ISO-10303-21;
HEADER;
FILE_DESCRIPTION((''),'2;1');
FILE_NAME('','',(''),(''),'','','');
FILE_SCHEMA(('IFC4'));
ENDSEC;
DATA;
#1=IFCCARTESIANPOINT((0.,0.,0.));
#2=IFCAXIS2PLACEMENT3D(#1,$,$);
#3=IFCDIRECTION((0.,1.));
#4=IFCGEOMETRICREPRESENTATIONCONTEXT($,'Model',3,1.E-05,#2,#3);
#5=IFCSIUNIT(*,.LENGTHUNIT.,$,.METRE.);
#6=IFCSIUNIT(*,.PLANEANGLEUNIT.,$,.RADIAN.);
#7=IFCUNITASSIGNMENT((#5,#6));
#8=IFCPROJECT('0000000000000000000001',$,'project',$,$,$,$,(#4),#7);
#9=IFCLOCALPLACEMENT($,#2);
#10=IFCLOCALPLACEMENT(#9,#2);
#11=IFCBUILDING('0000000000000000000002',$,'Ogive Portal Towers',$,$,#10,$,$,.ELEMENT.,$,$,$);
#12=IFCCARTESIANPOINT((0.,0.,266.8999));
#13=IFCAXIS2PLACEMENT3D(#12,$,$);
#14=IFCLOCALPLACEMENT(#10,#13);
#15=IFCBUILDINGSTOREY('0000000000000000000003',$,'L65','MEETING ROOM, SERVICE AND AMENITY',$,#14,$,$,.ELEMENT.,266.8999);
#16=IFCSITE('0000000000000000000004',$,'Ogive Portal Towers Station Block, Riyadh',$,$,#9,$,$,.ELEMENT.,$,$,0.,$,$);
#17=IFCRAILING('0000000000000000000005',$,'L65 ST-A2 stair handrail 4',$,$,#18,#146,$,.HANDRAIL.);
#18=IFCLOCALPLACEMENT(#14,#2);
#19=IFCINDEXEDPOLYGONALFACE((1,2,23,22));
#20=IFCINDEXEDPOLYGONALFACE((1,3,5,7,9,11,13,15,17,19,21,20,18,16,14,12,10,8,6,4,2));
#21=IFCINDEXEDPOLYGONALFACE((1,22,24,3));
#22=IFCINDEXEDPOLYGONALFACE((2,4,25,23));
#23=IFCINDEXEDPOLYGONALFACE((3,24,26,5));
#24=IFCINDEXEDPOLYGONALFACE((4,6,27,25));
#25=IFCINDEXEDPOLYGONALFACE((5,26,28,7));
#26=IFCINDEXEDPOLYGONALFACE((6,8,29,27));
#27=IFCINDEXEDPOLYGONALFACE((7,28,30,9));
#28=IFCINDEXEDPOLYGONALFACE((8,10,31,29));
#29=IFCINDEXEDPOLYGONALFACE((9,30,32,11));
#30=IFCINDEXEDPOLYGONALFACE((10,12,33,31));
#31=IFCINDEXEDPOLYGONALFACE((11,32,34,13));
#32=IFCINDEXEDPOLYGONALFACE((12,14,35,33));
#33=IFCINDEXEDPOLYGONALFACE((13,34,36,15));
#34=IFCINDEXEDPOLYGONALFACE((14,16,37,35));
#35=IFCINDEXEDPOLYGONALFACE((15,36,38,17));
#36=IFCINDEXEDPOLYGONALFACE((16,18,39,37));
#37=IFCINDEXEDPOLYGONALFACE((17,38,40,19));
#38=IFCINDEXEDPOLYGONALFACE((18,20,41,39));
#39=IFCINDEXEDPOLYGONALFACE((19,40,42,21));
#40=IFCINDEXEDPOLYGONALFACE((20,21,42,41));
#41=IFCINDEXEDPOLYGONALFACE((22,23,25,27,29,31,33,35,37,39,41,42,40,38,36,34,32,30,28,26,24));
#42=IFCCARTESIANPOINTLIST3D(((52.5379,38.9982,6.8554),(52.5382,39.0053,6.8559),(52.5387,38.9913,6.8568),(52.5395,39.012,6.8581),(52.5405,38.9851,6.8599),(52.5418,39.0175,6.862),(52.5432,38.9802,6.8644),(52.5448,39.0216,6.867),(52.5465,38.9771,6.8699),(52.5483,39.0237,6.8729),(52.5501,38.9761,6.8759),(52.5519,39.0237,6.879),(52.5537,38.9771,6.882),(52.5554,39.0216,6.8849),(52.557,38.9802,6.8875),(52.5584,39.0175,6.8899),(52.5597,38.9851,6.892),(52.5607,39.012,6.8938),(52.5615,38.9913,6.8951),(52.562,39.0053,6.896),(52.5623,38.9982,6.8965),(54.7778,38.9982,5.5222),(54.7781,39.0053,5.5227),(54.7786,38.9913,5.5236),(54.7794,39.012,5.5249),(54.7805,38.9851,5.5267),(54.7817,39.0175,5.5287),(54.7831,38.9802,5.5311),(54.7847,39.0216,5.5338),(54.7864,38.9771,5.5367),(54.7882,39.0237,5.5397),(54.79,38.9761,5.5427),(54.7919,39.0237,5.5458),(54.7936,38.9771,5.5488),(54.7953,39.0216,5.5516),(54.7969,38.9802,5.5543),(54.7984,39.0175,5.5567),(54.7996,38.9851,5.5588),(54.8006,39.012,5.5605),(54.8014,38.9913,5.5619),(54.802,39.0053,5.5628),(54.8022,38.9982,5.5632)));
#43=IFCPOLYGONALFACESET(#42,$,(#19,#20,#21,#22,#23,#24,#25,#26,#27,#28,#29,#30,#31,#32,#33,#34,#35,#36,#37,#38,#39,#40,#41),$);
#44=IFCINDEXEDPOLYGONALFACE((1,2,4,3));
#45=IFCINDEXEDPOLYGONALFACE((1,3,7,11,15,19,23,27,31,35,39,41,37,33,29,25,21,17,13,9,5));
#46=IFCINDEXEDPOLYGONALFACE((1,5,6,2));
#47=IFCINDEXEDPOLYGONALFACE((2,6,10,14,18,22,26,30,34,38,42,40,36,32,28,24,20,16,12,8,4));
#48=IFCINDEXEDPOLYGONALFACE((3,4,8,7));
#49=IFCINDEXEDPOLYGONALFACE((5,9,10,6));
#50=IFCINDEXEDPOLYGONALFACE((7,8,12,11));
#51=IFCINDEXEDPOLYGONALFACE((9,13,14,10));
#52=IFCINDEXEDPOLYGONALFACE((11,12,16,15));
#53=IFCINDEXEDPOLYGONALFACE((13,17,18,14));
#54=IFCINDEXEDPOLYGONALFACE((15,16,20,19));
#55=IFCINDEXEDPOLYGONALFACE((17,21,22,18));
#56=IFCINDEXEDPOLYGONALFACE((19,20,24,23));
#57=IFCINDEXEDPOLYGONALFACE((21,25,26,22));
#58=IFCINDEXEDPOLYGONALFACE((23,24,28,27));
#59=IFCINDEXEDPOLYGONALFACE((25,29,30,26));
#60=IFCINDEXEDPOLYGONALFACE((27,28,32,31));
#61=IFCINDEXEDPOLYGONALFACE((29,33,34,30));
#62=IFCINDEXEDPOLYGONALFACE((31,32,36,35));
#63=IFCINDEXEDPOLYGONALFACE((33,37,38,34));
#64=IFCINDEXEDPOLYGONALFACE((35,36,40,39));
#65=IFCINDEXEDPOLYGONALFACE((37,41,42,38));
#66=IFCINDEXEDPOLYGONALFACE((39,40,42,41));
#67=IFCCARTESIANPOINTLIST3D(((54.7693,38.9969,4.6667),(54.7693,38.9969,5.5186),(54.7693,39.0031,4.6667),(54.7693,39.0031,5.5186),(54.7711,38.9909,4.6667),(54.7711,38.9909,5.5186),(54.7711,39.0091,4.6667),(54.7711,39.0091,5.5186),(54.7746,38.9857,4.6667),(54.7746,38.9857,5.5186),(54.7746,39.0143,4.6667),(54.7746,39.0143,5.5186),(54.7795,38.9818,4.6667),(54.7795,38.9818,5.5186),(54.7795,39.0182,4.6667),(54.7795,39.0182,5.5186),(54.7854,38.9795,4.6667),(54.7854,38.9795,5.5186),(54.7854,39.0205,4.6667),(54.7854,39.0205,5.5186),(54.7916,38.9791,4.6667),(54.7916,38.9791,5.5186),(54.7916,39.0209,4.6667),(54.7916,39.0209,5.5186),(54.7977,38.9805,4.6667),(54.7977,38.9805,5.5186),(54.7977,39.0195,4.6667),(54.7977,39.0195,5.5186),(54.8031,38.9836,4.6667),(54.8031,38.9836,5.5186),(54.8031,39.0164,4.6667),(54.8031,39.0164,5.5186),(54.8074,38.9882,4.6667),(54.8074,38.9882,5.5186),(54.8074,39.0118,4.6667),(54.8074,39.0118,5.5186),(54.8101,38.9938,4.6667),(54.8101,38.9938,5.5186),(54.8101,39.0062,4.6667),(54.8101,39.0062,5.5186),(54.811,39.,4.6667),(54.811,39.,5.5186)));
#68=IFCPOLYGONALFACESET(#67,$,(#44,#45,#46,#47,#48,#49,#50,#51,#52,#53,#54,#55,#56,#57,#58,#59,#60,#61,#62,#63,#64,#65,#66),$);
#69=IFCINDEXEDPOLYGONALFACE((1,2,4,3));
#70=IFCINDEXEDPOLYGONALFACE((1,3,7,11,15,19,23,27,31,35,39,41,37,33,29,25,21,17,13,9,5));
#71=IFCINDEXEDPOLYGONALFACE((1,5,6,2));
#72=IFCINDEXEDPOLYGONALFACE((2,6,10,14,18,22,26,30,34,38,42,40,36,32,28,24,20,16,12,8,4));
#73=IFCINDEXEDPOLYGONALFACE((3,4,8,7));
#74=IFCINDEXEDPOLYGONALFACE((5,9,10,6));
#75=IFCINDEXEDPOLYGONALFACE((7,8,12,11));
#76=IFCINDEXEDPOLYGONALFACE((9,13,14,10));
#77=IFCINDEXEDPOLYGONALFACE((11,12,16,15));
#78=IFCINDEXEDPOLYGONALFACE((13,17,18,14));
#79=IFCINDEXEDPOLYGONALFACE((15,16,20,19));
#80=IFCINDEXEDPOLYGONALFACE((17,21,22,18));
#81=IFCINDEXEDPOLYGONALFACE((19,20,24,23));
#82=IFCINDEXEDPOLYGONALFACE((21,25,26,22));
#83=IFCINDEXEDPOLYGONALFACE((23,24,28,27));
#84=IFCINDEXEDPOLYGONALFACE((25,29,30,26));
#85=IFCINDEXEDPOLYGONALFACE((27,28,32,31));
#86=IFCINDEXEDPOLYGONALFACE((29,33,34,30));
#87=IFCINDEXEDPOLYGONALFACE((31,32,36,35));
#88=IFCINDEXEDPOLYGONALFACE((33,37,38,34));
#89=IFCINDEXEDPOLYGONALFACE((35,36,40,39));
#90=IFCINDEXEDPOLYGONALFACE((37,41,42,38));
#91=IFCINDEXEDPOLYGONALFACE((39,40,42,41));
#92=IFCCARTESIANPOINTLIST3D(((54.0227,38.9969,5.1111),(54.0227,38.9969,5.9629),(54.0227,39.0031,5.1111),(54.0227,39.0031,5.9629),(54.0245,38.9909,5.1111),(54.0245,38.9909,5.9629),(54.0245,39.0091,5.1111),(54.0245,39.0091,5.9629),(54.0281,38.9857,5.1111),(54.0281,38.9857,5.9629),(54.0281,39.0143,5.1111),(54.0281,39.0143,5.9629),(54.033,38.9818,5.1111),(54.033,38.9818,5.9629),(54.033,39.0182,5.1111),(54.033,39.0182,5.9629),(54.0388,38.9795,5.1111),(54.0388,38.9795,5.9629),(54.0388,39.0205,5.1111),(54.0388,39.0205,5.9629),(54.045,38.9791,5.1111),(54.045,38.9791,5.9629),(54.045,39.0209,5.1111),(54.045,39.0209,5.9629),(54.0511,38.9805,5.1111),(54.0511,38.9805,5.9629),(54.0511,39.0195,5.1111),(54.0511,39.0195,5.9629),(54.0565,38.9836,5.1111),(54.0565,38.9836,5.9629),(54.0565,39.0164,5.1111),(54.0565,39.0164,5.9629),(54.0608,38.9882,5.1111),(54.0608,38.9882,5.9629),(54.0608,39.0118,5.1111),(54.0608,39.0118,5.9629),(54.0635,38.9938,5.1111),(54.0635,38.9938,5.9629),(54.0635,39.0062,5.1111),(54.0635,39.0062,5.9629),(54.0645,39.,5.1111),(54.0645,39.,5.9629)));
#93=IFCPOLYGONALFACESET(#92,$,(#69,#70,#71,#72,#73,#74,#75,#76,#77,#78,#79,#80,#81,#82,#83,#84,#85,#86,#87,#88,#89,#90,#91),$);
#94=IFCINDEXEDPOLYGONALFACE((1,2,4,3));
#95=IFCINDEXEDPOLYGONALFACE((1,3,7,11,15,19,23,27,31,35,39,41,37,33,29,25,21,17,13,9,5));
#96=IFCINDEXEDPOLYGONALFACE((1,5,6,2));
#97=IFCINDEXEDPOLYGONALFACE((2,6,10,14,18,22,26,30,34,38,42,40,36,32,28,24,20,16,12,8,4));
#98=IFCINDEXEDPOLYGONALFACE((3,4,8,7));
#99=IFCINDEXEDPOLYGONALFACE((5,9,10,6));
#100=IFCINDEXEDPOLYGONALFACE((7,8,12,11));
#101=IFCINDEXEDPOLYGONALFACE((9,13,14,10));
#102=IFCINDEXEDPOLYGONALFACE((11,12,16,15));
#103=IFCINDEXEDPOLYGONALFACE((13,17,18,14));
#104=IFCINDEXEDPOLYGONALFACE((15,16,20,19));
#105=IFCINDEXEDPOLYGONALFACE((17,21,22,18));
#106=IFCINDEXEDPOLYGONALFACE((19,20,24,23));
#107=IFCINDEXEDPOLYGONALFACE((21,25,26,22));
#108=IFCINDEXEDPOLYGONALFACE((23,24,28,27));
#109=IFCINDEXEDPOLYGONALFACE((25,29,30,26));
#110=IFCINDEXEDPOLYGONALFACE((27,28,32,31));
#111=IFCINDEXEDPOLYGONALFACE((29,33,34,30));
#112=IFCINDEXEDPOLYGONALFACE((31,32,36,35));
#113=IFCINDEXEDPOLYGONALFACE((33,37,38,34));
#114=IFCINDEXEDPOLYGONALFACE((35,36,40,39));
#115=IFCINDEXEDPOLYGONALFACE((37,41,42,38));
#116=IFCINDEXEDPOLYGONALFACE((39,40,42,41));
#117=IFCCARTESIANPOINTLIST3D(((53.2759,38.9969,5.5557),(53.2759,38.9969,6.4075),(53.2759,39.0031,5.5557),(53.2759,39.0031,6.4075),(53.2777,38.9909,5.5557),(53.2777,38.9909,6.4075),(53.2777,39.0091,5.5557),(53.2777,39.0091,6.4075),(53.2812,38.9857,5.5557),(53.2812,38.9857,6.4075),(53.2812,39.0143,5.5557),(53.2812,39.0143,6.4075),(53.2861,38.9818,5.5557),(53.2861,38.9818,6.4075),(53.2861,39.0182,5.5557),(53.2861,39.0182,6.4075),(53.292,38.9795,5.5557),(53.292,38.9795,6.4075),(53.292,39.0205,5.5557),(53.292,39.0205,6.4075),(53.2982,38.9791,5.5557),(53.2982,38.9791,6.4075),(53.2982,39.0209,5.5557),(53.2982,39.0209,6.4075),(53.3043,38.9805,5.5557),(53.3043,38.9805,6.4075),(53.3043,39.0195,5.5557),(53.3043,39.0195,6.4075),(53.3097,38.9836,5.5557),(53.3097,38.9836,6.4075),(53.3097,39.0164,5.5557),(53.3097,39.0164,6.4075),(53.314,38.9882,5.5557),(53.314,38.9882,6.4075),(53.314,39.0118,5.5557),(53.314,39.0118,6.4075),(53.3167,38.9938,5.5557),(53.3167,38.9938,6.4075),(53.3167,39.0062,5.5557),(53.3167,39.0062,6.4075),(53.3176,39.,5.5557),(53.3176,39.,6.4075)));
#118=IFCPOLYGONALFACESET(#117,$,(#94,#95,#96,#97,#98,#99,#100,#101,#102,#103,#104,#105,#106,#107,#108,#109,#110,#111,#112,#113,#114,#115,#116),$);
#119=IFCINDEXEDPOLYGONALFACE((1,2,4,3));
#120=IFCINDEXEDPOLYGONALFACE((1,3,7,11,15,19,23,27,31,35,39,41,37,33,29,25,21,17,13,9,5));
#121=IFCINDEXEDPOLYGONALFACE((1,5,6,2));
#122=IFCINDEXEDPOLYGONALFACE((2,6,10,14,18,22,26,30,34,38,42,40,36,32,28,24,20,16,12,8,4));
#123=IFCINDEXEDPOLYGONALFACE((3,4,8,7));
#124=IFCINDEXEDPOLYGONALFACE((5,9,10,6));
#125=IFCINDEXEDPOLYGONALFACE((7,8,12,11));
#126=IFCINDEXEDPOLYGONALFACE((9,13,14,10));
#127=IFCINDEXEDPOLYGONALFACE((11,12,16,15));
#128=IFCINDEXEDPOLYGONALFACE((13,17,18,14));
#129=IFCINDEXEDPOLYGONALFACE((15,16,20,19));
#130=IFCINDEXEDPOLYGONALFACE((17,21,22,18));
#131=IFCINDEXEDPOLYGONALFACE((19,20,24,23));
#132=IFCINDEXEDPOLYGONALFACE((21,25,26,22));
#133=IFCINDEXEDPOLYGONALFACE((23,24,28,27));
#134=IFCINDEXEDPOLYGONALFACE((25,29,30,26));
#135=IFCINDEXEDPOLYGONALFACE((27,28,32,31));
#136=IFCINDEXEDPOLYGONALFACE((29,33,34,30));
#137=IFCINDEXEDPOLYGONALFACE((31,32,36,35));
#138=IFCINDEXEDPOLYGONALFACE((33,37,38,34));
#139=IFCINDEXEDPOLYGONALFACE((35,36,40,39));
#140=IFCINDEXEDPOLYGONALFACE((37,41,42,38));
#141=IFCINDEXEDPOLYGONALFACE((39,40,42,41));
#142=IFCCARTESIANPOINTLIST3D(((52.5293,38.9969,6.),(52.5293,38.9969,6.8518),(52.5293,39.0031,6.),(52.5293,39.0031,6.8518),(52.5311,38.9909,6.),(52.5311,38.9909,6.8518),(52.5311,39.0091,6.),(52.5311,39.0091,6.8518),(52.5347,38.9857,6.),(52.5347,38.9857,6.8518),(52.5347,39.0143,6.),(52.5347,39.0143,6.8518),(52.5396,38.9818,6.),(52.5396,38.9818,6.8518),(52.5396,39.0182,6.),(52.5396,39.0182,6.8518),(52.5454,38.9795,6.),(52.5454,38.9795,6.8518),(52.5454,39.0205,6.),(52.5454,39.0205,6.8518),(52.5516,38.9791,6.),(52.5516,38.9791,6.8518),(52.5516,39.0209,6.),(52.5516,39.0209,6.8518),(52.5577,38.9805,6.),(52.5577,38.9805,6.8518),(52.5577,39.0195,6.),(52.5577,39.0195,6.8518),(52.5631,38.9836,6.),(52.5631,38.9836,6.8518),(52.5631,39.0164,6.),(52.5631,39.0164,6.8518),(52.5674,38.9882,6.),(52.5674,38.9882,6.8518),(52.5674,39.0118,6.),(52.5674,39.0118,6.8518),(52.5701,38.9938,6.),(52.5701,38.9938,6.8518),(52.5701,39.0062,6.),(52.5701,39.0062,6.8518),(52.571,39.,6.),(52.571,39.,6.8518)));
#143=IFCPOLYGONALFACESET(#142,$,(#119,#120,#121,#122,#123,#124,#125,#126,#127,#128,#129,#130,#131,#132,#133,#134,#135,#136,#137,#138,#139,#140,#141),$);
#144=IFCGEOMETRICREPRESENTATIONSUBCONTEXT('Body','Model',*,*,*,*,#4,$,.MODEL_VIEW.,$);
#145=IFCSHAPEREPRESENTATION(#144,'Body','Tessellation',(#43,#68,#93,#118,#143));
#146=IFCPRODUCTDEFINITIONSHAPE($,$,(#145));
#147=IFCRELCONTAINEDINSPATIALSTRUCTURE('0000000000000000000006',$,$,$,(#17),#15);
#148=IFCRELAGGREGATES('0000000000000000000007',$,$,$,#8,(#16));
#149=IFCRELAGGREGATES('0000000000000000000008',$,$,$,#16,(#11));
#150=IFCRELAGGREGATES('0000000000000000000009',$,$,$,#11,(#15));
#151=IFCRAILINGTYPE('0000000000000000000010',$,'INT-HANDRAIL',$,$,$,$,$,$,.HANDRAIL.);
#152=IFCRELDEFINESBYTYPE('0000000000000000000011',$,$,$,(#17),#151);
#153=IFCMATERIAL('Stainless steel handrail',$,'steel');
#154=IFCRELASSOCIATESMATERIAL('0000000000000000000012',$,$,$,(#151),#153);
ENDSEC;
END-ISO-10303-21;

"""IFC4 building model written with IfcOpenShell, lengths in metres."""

from ifc_helpers import new_model, si_unit, direction, frame, origin, origin_2d, place, context, subcontext, project, spatial, circle, extrude, material, type_object, element, save


model = new_model("IFC4")

# Units and contexts
model_context = context("Model", 3, precision=1e-05, world=origin(), true_north=direction((0.0, 1.0)))
body_context = subcontext(model_context, "Body", "Model", "MODEL_VIEW")
ifc_project = project(units=[si_unit("LENGTHUNIT", "METRE"), si_unit("PLANEANGLEUNIT", "RADIAN")], contexts=[model_context])

# Site, building, storey
site_placement = place(None, origin())
site = spatial("IfcSite", under=ifc_project, at=site_placement, Name="Ogive Portal Towers Station Block, Riyadh", CompositionType="ELEMENT", RefElevation=0.0)
building_placement = place(site_placement, origin())
building = spatial("IfcBuilding", under=site, at=building_placement, Name="Ogive Portal Towers", CompositionType="ELEMENT")
storey_placement = place(building_placement, frame((0.0, 0.0, 266.8999)))
storey = spatial("IfcBuildingStorey", under=building, at=storey_placement, Name="L65", Description="MEETING ROOM, SERVICE AND AMENITY", CompositionType="ELEMENT", Elevation=266.8999)

# Railing
ifc_material_1 = material(Name="Stainless steel handrail", Category="steel")
railing_type_1 = type_object("IfcRailingType", Name="INT-HANDRAIL", PredefinedType="HANDRAIL", material=ifc_material_1)
railing_1_placement = place(storey_placement, frame((54.79, 39.0, 4.6667)))
element("IfcRailing", 1, at=railing_1_placement, inside=storey, type_object=railing_type_1, Name="L65 ST-A2 stair handrail 4", PredefinedType="HANDRAIL", context=body_context, shape_type="SweptSolid", body=[
    extrude(circle(Radius=0.0239, at=origin_2d()), frame((0.0, 0.0, 0.876), z_axis=(-0.859306, 0.0, 0.511462), x_axis=(0.0, -1.0, 0.0)), (0.0, 0.0, 1.0), 2.6067),
    extrude(circle(Radius=0.021, at=origin_2d()), origin(), (0.0, 0.0, 1.0), 0.8518),
    extrude(circle(Radius=0.021, at=origin_2d()), frame((-0.7466, 0.0, 0.4443)), (0.0, 0.0, 1.0), 0.8518),
    extrude(circle(Radius=0.021, at=origin_2d()), frame((-1.4934, 0.0, 0.8889)), (0.0, 0.0, 1.0), 0.8518),
    extrude(circle(Radius=0.021, at=origin_2d()), frame((-2.24, 0.0, 1.3333)), (0.0, 0.0, 1.0), 0.8518),
])

save(model, "model.ifc")
